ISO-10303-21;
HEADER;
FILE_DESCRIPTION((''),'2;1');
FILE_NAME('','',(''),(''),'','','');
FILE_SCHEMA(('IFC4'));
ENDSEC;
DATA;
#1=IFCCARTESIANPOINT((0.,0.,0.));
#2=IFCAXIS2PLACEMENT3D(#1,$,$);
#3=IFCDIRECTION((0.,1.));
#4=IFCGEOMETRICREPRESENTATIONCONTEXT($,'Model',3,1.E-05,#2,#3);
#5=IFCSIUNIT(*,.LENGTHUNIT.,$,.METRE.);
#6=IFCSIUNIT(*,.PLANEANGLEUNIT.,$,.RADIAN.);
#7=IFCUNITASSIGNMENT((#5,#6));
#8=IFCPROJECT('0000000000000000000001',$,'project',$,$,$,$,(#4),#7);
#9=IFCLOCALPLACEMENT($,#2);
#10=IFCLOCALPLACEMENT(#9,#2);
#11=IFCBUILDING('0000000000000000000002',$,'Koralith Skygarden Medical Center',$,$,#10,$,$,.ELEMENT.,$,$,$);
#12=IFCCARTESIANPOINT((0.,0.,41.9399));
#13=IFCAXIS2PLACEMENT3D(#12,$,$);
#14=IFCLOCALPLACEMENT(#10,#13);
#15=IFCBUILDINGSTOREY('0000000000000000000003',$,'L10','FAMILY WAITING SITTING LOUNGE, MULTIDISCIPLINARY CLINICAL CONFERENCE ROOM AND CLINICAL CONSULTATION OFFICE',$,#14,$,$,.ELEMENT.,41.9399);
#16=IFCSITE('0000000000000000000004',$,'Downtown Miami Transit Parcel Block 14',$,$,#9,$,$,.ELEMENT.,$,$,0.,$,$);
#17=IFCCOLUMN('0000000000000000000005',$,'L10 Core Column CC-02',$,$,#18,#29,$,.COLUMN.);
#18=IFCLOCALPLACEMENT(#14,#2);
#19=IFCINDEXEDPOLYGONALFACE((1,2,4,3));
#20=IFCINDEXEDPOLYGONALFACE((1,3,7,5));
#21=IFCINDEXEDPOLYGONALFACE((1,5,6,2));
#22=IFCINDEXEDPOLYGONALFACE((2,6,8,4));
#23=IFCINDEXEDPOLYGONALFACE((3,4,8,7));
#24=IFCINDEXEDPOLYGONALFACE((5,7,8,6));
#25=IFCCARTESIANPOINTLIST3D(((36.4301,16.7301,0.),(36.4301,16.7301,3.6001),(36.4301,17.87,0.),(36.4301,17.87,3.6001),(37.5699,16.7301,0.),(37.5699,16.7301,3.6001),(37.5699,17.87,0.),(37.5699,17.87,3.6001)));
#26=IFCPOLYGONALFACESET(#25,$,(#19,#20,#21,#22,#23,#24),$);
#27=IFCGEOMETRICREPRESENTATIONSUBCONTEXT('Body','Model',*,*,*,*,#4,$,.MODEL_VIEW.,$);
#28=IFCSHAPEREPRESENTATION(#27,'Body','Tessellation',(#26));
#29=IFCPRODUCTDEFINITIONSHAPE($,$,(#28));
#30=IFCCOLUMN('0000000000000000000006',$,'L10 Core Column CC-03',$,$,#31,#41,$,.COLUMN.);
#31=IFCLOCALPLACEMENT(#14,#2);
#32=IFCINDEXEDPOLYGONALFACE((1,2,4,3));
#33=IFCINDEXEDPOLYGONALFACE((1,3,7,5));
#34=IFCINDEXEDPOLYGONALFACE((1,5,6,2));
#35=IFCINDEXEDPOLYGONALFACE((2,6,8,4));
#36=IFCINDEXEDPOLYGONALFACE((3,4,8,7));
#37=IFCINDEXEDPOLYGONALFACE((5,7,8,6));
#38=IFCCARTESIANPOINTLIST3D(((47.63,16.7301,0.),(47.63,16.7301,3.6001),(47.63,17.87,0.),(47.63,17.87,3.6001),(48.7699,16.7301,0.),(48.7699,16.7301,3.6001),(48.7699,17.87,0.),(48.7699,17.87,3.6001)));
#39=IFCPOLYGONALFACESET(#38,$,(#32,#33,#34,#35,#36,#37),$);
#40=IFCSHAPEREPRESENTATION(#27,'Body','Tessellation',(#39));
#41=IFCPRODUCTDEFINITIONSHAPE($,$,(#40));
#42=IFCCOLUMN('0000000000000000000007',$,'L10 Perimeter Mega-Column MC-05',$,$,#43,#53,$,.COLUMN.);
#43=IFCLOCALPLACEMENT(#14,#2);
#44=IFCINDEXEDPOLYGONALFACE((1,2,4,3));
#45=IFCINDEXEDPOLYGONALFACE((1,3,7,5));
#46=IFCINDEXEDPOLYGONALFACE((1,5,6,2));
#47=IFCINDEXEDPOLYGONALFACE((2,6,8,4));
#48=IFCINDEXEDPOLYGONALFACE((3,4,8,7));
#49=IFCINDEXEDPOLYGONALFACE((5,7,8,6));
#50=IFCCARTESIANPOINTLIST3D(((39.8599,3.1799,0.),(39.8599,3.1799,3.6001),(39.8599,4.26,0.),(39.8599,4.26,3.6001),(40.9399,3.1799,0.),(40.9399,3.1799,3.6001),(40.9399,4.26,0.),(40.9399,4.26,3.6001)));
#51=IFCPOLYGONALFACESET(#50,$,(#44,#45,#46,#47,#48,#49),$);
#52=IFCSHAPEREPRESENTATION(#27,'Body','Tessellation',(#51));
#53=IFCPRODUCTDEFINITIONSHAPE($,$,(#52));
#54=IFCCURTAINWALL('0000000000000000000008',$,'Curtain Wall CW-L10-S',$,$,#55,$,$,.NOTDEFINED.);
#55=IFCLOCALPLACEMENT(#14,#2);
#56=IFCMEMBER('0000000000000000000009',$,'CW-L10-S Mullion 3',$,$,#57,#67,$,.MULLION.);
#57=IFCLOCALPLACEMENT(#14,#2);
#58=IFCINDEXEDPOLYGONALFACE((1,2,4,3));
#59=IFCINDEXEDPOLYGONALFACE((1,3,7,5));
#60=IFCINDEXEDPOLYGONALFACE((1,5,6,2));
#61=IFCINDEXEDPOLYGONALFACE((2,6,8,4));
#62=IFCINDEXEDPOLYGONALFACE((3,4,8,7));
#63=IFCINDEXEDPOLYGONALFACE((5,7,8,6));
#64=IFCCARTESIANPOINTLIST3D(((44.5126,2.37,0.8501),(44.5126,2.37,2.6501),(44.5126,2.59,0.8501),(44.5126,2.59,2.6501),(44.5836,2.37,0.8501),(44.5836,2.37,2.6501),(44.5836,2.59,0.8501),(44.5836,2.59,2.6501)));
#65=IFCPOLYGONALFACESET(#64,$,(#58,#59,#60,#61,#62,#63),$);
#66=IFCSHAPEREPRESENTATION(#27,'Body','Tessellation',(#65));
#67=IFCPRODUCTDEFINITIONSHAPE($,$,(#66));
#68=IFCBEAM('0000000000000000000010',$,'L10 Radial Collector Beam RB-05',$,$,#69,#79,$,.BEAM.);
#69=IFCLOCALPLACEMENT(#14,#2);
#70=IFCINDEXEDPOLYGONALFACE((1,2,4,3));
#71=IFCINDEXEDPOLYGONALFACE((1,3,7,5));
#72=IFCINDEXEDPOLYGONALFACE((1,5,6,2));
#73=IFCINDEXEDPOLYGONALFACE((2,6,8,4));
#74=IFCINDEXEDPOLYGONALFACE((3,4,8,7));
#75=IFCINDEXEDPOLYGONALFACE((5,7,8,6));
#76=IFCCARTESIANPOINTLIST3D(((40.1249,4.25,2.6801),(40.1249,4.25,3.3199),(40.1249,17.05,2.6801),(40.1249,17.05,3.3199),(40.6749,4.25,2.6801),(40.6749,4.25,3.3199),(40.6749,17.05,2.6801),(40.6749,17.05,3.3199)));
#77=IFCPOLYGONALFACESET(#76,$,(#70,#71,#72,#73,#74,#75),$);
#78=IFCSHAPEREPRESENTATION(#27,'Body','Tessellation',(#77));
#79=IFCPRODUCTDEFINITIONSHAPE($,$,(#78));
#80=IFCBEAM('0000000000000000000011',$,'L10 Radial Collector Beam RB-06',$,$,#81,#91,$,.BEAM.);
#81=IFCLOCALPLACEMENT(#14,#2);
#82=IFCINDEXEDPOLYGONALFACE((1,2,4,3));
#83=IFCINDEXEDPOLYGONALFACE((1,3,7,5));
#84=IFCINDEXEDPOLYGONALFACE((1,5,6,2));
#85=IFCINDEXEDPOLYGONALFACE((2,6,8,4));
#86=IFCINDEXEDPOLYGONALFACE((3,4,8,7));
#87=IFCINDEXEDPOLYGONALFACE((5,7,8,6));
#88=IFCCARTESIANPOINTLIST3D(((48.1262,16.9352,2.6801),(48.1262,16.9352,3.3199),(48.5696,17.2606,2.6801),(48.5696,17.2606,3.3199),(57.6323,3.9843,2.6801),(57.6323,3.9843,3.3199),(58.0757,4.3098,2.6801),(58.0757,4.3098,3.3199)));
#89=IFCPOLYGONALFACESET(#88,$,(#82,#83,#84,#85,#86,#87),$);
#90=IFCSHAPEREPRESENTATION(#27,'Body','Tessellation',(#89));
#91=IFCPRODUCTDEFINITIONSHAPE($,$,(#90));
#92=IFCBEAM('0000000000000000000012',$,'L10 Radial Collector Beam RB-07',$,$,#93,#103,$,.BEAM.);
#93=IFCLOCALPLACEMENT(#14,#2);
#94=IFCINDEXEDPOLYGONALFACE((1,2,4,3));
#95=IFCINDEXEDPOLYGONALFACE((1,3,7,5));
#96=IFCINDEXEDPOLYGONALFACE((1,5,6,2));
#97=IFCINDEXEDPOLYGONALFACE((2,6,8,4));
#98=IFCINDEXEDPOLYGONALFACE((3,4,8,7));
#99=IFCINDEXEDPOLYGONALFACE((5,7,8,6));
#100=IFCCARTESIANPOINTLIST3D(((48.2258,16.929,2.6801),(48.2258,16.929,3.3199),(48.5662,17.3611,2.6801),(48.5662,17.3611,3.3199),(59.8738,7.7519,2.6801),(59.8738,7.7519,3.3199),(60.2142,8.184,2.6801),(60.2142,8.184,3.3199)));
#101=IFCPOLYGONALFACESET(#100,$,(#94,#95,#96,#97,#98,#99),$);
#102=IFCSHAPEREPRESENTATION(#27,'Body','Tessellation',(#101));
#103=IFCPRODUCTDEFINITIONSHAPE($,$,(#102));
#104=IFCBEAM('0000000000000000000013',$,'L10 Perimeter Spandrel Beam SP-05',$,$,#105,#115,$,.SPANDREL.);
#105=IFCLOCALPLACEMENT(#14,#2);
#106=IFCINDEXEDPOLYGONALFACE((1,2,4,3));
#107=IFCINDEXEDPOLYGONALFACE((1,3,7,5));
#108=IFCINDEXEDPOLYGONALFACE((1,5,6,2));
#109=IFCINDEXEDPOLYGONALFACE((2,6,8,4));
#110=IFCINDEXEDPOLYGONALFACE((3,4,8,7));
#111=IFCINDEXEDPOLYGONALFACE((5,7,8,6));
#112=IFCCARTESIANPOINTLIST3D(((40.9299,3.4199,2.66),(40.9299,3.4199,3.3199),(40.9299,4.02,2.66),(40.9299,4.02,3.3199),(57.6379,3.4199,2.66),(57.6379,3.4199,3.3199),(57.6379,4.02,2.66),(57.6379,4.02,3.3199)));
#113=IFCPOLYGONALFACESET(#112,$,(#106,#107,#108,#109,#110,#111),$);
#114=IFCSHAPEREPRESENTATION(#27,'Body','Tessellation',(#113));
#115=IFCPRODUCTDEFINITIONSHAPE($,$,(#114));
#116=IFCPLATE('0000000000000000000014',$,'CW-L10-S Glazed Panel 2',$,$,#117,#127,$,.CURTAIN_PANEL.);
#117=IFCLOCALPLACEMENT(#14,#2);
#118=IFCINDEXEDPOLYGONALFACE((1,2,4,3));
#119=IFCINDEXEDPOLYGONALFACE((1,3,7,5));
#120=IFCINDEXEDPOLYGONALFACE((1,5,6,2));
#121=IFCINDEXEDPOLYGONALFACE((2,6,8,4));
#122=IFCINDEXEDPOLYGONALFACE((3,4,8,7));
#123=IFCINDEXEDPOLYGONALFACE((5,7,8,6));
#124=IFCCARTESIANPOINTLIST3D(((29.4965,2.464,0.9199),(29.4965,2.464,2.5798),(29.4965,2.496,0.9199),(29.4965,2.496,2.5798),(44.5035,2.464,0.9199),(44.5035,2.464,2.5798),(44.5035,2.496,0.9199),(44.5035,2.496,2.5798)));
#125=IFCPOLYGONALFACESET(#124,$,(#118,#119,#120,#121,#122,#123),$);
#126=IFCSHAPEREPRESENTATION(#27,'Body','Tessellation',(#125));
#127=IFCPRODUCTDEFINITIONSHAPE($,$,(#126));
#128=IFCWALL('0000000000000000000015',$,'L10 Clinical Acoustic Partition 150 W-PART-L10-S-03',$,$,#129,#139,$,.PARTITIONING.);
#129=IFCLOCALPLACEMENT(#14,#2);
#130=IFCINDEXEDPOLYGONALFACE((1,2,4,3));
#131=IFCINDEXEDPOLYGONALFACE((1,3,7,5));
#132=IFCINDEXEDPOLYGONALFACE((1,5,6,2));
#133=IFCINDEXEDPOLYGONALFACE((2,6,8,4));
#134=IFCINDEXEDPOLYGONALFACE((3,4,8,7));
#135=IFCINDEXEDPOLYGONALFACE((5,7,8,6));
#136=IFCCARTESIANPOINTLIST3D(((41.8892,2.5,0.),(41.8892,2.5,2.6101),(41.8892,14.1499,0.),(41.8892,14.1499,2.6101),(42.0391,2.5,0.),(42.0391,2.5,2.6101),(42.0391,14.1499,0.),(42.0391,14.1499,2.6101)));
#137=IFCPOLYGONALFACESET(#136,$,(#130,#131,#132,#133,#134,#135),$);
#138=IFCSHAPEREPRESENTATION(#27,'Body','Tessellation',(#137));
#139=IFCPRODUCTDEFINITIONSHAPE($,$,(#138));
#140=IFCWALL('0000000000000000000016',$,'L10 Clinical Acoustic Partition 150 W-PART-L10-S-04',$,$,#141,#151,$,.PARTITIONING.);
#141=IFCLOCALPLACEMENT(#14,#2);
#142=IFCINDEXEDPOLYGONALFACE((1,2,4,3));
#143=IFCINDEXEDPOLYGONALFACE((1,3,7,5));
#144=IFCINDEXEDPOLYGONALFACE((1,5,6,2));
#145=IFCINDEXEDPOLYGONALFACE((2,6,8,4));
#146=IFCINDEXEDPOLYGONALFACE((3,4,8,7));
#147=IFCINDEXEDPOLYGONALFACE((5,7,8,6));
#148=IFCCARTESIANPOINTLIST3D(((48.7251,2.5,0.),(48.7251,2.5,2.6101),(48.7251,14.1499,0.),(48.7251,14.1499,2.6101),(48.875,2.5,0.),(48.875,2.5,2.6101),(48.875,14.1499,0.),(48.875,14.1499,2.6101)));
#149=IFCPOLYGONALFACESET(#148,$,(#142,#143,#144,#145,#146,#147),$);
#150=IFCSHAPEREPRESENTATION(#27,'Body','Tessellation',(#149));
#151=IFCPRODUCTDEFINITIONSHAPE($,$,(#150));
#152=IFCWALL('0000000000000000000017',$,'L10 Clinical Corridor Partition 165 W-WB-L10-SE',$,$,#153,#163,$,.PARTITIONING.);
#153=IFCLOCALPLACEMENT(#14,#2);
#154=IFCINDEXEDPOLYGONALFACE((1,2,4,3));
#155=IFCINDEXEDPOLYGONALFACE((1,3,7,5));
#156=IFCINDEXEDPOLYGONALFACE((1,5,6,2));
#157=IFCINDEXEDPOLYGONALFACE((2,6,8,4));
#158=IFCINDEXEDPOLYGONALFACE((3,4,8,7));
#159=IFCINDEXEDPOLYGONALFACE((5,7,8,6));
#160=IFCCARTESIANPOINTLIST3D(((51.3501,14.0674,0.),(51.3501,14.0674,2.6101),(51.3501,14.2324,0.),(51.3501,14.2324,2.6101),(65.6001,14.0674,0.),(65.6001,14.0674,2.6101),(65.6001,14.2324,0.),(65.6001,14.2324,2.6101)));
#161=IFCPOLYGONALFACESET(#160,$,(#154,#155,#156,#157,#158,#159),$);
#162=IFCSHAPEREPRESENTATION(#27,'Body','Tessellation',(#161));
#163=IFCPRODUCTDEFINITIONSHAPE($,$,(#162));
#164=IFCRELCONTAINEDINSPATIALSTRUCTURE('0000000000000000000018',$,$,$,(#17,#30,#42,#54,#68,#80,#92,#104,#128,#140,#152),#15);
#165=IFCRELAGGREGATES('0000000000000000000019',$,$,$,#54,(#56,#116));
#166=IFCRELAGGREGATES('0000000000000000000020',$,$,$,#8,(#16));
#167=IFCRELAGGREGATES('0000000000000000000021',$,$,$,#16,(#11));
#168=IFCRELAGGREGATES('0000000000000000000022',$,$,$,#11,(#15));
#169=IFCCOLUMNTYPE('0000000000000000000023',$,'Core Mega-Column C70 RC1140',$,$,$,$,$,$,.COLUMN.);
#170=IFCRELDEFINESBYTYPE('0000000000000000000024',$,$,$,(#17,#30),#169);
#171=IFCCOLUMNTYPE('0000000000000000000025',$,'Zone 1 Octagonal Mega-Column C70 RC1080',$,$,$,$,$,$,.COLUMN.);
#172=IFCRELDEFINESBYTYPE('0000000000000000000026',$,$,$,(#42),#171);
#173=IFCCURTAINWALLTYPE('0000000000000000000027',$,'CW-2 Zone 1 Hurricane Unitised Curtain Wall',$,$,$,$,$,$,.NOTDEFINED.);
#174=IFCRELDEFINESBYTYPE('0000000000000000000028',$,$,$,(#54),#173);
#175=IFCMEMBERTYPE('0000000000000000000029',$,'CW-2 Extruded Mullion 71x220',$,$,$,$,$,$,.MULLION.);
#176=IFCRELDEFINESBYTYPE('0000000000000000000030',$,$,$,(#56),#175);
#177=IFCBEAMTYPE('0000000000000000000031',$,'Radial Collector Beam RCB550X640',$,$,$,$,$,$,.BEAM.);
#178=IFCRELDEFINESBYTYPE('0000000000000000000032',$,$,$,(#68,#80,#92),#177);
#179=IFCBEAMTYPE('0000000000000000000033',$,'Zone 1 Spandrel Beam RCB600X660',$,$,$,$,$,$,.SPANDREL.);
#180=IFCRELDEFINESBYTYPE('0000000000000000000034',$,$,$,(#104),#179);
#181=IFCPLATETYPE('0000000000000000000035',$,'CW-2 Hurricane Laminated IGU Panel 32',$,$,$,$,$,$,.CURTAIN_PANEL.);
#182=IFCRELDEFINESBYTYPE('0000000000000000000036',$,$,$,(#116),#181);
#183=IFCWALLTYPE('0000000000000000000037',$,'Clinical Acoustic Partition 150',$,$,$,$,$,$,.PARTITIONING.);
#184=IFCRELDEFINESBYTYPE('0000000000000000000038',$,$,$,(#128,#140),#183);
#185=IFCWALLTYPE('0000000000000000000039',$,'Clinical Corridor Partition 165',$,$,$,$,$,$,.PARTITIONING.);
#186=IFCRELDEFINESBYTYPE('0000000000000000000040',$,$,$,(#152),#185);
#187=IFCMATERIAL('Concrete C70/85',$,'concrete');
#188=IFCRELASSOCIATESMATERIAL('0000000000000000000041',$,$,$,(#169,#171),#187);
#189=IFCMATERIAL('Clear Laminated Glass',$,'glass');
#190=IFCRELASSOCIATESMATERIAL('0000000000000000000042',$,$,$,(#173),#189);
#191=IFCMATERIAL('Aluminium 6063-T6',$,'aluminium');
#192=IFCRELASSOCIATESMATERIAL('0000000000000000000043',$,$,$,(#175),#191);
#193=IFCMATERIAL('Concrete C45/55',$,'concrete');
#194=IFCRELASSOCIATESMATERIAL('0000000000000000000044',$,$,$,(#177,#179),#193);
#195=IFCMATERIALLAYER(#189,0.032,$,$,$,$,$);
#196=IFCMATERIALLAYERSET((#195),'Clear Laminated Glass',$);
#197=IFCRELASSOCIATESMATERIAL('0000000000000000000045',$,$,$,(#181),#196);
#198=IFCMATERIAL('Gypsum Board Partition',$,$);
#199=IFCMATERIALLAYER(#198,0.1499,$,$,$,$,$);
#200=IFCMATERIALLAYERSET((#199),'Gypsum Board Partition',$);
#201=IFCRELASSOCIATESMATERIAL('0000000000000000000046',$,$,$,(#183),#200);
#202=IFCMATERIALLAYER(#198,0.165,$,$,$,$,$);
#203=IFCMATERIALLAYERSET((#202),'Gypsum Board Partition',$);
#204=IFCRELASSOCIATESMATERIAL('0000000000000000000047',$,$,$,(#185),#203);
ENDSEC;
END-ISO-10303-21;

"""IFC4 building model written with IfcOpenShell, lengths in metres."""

from ifc_helpers import new_model, si_unit, direction, frame, frame_2d, origin, origin_2d, place, context, subcontext, project, spatial, rectangle, extrude, material, layer, layer_set, material_profile, profile_set, type_object, element, aggregate, save


model = new_model("IFC4")

# Units and contexts
model_context = context("Model", 3, precision=1e-05, world=origin(), true_north=direction((0.0, 1.0)))
body_context = subcontext(model_context, "Body", "Model", "MODEL_VIEW")
ifc_project = project(units=[si_unit("LENGTHUNIT", "METRE"), si_unit("PLANEANGLEUNIT", "RADIAN")], contexts=[model_context])

# Site, building, storey
site_placement = place(None, origin())
site = spatial("IfcSite", under=ifc_project, at=site_placement, Name="Downtown Miami Transit Parcel Block 14", CompositionType="ELEMENT", RefElevation=0.0)
building_placement = place(site_placement, origin())
building = spatial("IfcBuilding", under=site, at=building_placement, Name="Koralith Skygarden Medical Center", CompositionType="ELEMENT")
storey_placement = place(building_placement, frame((0.0, 0.0, 41.9399)))
storey = spatial("IfcBuildingStorey", under=building, at=storey_placement, Name="L10", Description="FAMILY WAITING SITTING LOUNGE, MULTIDISCIPLINARY CLINICAL CONFERENCE ROOM AND CLINICAL CONSULTATION OFFICE", CompositionType="ELEMENT", Elevation=41.9399)

# Columns
ifc_material_1 = material(Name="Concrete C70/85", Category="concrete")
ifc_material_profile_1 = material_profile(ifc_material_1, rectangle(XDim=1.1399, YDim=1.1399, at=origin_2d()), Name="RC1140X1140")
ifc_profile_set_1 = profile_set([ifc_material_profile_1], Name="Concrete C70/85")
column_type_1 = type_object("IfcColumnType", Name="Core Mega-Column C70 RC1140", PredefinedType="COLUMN", material=ifc_profile_set_1)
for number, where, z_axis, x_axis, name in (
    (1, (37.0, 17.3, 0.0), (0.0, 0.0, 1.0), (1.0, 0.0, 0.0), "L10 Core Column CC-02"),
    (2, (48.2, 17.3, 0.0), (0.0, 0.0, 1.0), (1.0, 0.0, 0.0), "L10 Core Column CC-03"),
):
    element("IfcColumn", number, at=place(storey_placement, frame(where, z_axis=z_axis, x_axis=x_axis)), inside=storey, type_object=column_type_1, Name=name, PredefinedType="COLUMN", context=body_context, shape_type="SweptSolid", body=[
        extrude(rectangle(XDim=1.1399, YDim=1.1399, at=origin_2d()), origin(), (0.0, 0.0, 1.0), 3.6001),
    ])
ifc_material_profile_2 = material_profile(ifc_material_1, rectangle(XDim=1.0801, YDim=1.0801, at=origin_2d()), Name="RC1080X1080")
ifc_profile_set_2 = profile_set([ifc_material_profile_2], Name="Concrete C70/85")
column_type_2 = type_object("IfcColumnType", Name="Zone 1 Octagonal Mega-Column C70 RC1080", PredefinedType="COLUMN", material=ifc_profile_set_2)
column_placement = place(storey_placement, frame((40.3999, 3.72, 0.0), z_axis=(0.0, 0.0, 1.0), x_axis=(1.0, 0.0, 0.0)))
element("IfcColumn", 3, at=column_placement, inside=storey, type_object=column_type_2, Name="L10 Perimeter Mega-Column MC-05", PredefinedType="COLUMN", context=body_context, shape_type="SweptSolid", body=[
    extrude(rectangle(XDim=1.0801, YDim=1.0801, at=origin_2d()), origin(), (0.0, 0.0, 1.0), 3.6001),
])

# Curtain wall, member
ifc_material_2 = material(Name="Clear Laminated Glass", Category="glass")
curtain_wall_type = type_object("IfcCurtainWallType", Name="CW-2 Zone 1 Hurricane Unitised Curtain Wall", PredefinedType="NOTDEFINED", material=ifc_material_2)
curtain_wall_placement = place(storey_placement, origin())
curtain_wall = element("IfcCurtainWall", 4, at=curtain_wall_placement, inside=storey, type_object=curtain_wall_type, Name="Curtain Wall CW-L10-S", PredefinedType="NOTDEFINED")
ifc_material_3 = material(Name="Aluminium 6063-T6", Category="aluminium")
ifc_material_profile_3 = material_profile(ifc_material_3, rectangle(XDim=0.071, YDim=0.22, at=origin_2d()), Name="MUL71X220")
ifc_profile_set_3 = profile_set([ifc_material_profile_3], Name="Aluminium 6063-T6")
member_type = type_object("IfcMemberType", Name="CW-2 Extruded Mullion 71x220", PredefinedType="MULLION", material=ifc_profile_set_3)
member_placement = place(storey_placement, frame((44.5481, 2.48, 0.8501), z_axis=(0.0, 0.0, 1.0), x_axis=(1.0, 0.0, 0.0)))
member = element("IfcMember", 5, at=member_placement, type_object=member_type, Name="CW-L10-S Mullion 3", PredefinedType="MULLION", context=body_context, shape_type="SweptSolid", body=[
    extrude(rectangle(XDim=0.071, YDim=0.22, at=origin_2d()), origin(), (0.0, 0.0, 1.0), 1.8),
])

# Beams
ifc_material_4 = material(Name="Concrete C45/55", Category="concrete")
ifc_material_profile_4 = material_profile(ifc_material_4, rectangle(XDim=0.55, YDim=0.6399, at=origin_2d()), Name="RCB550X640")
ifc_profile_set_4 = profile_set([ifc_material_profile_4], Name="Concrete C45/55")
beam_type_1 = type_object("IfcBeamType", Name="Radial Collector Beam RCB550X640", PredefinedType="BEAM", material=ifc_profile_set_4)
beam_1_placement = place(storey_placement, frame((40.3999, 17.05, 3.0), z_axis=(0.0, -1.0, 0.0), x_axis=(1.0, 0.0, 0.0)))
element("IfcBeam", 6, at=beam_1_placement, inside=storey, type_object=beam_type_1, Name="L10 Radial Collector Beam RB-05", PredefinedType="BEAM", context=body_context, shape_type="SweptSolid", body=[
    extrude(rectangle(XDim=0.55, YDim=0.6399, at=origin_2d()), origin(), (0.0, 0.0, 1.0), 12.8),
])
beam_2_placement = place(storey_placement, frame((48.3479, 17.0979, 3.0), z_axis=(0.591718, -0.806145, 0.0), x_axis=(0.806145, 0.591718, 0.0)))
element("IfcBeam", 7, at=beam_2_placement, inside=storey, type_object=beam_type_1, Name="L10 Radial Collector Beam RB-06", PredefinedType="BEAM", context=body_context, shape_type="SweptSolid", body=[
    extrude(rectangle(XDim=0.55, YDim=0.6399, at=origin_2d()), origin(), (0.0, 0.0, 1.0), 16.0652),
])
beam_3_placement = place(storey_placement, frame((48.396, 17.145, 3.0), z_axis=(0.785497, -0.618865, 0.0), x_axis=(0.618865, 0.785497, 0.0)))
element("IfcBeam", 8, at=beam_3_placement, inside=storey, type_object=beam_type_1, Name="L10 Radial Collector Beam RB-07", PredefinedType="BEAM", context=body_context, shape_type="SweptSolid", body=[
    extrude(rectangle(XDim=0.55, YDim=0.6399, at=origin_2d()), origin(), (0.0, 0.0, 1.0), 14.8289),
])
ifc_material_profile_5 = material_profile(ifc_material_4, rectangle(XDim=0.6001, YDim=0.6599, at=origin_2d()), Name="RCB600X660")
ifc_profile_set_5 = profile_set([ifc_material_profile_5], Name="Concrete C45/55")
beam_type_2 = type_object("IfcBeamType", Name="Zone 1 Spandrel Beam RCB600X660", PredefinedType="SPANDREL", material=ifc_profile_set_5)
beam_4_placement = place(storey_placement, frame((40.9299, 3.72, 2.99), z_axis=(1.0, 0.0, 0.0), x_axis=(0.0, 1.0, 0.0)))
element("IfcBeam", 9, at=beam_4_placement, inside=storey, type_object=beam_type_2, Name="L10 Perimeter Spandrel Beam SP-05", PredefinedType="SPANDREL", context=body_context, shape_type="SweptSolid", body=[
    extrude(rectangle(XDim=0.6001, YDim=0.6599, at=origin_2d()), origin(), (0.0, 0.0, 1.0), 16.708),
])

# Plate
ifc_layer_1 = layer(ifc_material_2, 0.032)
ifc_layer_set_1 = layer_set([ifc_layer_1], Name="Clear Laminated Glass")
plate_type = type_object("IfcPlateType", Name="CW-2 Hurricane Laminated IGU Panel 32", PredefinedType="CURTAIN_PANEL", material=ifc_layer_set_1)
plate_placement = place(storey_placement, frame((37.0, 2.48, 0.9199), z_axis=(0.0, 0.0, 1.0), x_axis=(1.0, 0.0, 0.0)))
plate = element("IfcPlate", 10, at=plate_placement, type_object=plate_type, Name="CW-L10-S Glazed Panel 2", PredefinedType="CURTAIN_PANEL", context=body_context, shape_type="SweptSolid", body=[
    extrude(rectangle(XDim=15.0071, YDim=0.032, at=origin_2d()), origin(), (0.0, 0.0, 1.0), 1.6599),
])
aggregate(curtain_wall, [member, plate])

# Walls
ifc_material_5 = material(Name="Gypsum Board Partition")
ifc_layer_2 = layer(ifc_material_5, 0.1499)
ifc_layer_set_2 = layer_set([ifc_layer_2], Name="Gypsum Board Partition")
wall_type_1 = type_object("IfcWallType", Name="Clinical Acoustic Partition 150", PredefinedType="PARTITIONING", material=ifc_layer_set_2)
for number, where, z_axis, x_axis, name in (
    (11, (41.9641, 14.1499, 0.0), (0.0, 0.0, 1.0), (0.0, -1.0, 0.0), "L10 Clinical Acoustic Partition 150 W-PART-L10-S-03"),
    (12, (48.8, 14.1499, 0.0), (0.0, 0.0, 1.0), (0.0, -1.0, 0.0), "L10 Clinical Acoustic Partition 150 W-PART-L10-S-04"),
):
    element("IfcWall", number, at=place(storey_placement, frame(where, z_axis=z_axis, x_axis=x_axis)), inside=storey, type_object=wall_type_1, Name=name, PredefinedType="PARTITIONING", context=body_context, shape_type="SweptSolid", body=[
        extrude(rectangle(XDim=11.6499, YDim=0.1499, at=frame_2d((5.825, 0.0))), origin(), (0.0, 0.0, 1.0), 2.6101),
    ])
ifc_layer_3 = layer(ifc_material_5, 0.165)
ifc_layer_set_3 = layer_set([ifc_layer_3], Name="Gypsum Board Partition")
wall_type_2 = type_object("IfcWallType", Name="Clinical Corridor Partition 165", PredefinedType="PARTITIONING", material=ifc_layer_set_3)
wall_1_placement = place(storey_placement, frame((51.3501, 14.1499, 0.0), z_axis=(0.0, 0.0, 1.0), x_axis=(1.0, 0.0, 0.0)))
element("IfcWall", 13, at=wall_1_placement, inside=storey, type_object=wall_type_2, Name="L10 Clinical Corridor Partition 165 W-WB-L10-SE", PredefinedType="PARTITIONING", context=body_context, shape_type="SweptSolid", body=[
    extrude(rectangle(XDim=14.25, YDim=0.165, at=frame_2d((7.125, 0.0))), origin(), (0.0, 0.0, 1.0), 2.6101),
])

save(model, "model.ifc")
